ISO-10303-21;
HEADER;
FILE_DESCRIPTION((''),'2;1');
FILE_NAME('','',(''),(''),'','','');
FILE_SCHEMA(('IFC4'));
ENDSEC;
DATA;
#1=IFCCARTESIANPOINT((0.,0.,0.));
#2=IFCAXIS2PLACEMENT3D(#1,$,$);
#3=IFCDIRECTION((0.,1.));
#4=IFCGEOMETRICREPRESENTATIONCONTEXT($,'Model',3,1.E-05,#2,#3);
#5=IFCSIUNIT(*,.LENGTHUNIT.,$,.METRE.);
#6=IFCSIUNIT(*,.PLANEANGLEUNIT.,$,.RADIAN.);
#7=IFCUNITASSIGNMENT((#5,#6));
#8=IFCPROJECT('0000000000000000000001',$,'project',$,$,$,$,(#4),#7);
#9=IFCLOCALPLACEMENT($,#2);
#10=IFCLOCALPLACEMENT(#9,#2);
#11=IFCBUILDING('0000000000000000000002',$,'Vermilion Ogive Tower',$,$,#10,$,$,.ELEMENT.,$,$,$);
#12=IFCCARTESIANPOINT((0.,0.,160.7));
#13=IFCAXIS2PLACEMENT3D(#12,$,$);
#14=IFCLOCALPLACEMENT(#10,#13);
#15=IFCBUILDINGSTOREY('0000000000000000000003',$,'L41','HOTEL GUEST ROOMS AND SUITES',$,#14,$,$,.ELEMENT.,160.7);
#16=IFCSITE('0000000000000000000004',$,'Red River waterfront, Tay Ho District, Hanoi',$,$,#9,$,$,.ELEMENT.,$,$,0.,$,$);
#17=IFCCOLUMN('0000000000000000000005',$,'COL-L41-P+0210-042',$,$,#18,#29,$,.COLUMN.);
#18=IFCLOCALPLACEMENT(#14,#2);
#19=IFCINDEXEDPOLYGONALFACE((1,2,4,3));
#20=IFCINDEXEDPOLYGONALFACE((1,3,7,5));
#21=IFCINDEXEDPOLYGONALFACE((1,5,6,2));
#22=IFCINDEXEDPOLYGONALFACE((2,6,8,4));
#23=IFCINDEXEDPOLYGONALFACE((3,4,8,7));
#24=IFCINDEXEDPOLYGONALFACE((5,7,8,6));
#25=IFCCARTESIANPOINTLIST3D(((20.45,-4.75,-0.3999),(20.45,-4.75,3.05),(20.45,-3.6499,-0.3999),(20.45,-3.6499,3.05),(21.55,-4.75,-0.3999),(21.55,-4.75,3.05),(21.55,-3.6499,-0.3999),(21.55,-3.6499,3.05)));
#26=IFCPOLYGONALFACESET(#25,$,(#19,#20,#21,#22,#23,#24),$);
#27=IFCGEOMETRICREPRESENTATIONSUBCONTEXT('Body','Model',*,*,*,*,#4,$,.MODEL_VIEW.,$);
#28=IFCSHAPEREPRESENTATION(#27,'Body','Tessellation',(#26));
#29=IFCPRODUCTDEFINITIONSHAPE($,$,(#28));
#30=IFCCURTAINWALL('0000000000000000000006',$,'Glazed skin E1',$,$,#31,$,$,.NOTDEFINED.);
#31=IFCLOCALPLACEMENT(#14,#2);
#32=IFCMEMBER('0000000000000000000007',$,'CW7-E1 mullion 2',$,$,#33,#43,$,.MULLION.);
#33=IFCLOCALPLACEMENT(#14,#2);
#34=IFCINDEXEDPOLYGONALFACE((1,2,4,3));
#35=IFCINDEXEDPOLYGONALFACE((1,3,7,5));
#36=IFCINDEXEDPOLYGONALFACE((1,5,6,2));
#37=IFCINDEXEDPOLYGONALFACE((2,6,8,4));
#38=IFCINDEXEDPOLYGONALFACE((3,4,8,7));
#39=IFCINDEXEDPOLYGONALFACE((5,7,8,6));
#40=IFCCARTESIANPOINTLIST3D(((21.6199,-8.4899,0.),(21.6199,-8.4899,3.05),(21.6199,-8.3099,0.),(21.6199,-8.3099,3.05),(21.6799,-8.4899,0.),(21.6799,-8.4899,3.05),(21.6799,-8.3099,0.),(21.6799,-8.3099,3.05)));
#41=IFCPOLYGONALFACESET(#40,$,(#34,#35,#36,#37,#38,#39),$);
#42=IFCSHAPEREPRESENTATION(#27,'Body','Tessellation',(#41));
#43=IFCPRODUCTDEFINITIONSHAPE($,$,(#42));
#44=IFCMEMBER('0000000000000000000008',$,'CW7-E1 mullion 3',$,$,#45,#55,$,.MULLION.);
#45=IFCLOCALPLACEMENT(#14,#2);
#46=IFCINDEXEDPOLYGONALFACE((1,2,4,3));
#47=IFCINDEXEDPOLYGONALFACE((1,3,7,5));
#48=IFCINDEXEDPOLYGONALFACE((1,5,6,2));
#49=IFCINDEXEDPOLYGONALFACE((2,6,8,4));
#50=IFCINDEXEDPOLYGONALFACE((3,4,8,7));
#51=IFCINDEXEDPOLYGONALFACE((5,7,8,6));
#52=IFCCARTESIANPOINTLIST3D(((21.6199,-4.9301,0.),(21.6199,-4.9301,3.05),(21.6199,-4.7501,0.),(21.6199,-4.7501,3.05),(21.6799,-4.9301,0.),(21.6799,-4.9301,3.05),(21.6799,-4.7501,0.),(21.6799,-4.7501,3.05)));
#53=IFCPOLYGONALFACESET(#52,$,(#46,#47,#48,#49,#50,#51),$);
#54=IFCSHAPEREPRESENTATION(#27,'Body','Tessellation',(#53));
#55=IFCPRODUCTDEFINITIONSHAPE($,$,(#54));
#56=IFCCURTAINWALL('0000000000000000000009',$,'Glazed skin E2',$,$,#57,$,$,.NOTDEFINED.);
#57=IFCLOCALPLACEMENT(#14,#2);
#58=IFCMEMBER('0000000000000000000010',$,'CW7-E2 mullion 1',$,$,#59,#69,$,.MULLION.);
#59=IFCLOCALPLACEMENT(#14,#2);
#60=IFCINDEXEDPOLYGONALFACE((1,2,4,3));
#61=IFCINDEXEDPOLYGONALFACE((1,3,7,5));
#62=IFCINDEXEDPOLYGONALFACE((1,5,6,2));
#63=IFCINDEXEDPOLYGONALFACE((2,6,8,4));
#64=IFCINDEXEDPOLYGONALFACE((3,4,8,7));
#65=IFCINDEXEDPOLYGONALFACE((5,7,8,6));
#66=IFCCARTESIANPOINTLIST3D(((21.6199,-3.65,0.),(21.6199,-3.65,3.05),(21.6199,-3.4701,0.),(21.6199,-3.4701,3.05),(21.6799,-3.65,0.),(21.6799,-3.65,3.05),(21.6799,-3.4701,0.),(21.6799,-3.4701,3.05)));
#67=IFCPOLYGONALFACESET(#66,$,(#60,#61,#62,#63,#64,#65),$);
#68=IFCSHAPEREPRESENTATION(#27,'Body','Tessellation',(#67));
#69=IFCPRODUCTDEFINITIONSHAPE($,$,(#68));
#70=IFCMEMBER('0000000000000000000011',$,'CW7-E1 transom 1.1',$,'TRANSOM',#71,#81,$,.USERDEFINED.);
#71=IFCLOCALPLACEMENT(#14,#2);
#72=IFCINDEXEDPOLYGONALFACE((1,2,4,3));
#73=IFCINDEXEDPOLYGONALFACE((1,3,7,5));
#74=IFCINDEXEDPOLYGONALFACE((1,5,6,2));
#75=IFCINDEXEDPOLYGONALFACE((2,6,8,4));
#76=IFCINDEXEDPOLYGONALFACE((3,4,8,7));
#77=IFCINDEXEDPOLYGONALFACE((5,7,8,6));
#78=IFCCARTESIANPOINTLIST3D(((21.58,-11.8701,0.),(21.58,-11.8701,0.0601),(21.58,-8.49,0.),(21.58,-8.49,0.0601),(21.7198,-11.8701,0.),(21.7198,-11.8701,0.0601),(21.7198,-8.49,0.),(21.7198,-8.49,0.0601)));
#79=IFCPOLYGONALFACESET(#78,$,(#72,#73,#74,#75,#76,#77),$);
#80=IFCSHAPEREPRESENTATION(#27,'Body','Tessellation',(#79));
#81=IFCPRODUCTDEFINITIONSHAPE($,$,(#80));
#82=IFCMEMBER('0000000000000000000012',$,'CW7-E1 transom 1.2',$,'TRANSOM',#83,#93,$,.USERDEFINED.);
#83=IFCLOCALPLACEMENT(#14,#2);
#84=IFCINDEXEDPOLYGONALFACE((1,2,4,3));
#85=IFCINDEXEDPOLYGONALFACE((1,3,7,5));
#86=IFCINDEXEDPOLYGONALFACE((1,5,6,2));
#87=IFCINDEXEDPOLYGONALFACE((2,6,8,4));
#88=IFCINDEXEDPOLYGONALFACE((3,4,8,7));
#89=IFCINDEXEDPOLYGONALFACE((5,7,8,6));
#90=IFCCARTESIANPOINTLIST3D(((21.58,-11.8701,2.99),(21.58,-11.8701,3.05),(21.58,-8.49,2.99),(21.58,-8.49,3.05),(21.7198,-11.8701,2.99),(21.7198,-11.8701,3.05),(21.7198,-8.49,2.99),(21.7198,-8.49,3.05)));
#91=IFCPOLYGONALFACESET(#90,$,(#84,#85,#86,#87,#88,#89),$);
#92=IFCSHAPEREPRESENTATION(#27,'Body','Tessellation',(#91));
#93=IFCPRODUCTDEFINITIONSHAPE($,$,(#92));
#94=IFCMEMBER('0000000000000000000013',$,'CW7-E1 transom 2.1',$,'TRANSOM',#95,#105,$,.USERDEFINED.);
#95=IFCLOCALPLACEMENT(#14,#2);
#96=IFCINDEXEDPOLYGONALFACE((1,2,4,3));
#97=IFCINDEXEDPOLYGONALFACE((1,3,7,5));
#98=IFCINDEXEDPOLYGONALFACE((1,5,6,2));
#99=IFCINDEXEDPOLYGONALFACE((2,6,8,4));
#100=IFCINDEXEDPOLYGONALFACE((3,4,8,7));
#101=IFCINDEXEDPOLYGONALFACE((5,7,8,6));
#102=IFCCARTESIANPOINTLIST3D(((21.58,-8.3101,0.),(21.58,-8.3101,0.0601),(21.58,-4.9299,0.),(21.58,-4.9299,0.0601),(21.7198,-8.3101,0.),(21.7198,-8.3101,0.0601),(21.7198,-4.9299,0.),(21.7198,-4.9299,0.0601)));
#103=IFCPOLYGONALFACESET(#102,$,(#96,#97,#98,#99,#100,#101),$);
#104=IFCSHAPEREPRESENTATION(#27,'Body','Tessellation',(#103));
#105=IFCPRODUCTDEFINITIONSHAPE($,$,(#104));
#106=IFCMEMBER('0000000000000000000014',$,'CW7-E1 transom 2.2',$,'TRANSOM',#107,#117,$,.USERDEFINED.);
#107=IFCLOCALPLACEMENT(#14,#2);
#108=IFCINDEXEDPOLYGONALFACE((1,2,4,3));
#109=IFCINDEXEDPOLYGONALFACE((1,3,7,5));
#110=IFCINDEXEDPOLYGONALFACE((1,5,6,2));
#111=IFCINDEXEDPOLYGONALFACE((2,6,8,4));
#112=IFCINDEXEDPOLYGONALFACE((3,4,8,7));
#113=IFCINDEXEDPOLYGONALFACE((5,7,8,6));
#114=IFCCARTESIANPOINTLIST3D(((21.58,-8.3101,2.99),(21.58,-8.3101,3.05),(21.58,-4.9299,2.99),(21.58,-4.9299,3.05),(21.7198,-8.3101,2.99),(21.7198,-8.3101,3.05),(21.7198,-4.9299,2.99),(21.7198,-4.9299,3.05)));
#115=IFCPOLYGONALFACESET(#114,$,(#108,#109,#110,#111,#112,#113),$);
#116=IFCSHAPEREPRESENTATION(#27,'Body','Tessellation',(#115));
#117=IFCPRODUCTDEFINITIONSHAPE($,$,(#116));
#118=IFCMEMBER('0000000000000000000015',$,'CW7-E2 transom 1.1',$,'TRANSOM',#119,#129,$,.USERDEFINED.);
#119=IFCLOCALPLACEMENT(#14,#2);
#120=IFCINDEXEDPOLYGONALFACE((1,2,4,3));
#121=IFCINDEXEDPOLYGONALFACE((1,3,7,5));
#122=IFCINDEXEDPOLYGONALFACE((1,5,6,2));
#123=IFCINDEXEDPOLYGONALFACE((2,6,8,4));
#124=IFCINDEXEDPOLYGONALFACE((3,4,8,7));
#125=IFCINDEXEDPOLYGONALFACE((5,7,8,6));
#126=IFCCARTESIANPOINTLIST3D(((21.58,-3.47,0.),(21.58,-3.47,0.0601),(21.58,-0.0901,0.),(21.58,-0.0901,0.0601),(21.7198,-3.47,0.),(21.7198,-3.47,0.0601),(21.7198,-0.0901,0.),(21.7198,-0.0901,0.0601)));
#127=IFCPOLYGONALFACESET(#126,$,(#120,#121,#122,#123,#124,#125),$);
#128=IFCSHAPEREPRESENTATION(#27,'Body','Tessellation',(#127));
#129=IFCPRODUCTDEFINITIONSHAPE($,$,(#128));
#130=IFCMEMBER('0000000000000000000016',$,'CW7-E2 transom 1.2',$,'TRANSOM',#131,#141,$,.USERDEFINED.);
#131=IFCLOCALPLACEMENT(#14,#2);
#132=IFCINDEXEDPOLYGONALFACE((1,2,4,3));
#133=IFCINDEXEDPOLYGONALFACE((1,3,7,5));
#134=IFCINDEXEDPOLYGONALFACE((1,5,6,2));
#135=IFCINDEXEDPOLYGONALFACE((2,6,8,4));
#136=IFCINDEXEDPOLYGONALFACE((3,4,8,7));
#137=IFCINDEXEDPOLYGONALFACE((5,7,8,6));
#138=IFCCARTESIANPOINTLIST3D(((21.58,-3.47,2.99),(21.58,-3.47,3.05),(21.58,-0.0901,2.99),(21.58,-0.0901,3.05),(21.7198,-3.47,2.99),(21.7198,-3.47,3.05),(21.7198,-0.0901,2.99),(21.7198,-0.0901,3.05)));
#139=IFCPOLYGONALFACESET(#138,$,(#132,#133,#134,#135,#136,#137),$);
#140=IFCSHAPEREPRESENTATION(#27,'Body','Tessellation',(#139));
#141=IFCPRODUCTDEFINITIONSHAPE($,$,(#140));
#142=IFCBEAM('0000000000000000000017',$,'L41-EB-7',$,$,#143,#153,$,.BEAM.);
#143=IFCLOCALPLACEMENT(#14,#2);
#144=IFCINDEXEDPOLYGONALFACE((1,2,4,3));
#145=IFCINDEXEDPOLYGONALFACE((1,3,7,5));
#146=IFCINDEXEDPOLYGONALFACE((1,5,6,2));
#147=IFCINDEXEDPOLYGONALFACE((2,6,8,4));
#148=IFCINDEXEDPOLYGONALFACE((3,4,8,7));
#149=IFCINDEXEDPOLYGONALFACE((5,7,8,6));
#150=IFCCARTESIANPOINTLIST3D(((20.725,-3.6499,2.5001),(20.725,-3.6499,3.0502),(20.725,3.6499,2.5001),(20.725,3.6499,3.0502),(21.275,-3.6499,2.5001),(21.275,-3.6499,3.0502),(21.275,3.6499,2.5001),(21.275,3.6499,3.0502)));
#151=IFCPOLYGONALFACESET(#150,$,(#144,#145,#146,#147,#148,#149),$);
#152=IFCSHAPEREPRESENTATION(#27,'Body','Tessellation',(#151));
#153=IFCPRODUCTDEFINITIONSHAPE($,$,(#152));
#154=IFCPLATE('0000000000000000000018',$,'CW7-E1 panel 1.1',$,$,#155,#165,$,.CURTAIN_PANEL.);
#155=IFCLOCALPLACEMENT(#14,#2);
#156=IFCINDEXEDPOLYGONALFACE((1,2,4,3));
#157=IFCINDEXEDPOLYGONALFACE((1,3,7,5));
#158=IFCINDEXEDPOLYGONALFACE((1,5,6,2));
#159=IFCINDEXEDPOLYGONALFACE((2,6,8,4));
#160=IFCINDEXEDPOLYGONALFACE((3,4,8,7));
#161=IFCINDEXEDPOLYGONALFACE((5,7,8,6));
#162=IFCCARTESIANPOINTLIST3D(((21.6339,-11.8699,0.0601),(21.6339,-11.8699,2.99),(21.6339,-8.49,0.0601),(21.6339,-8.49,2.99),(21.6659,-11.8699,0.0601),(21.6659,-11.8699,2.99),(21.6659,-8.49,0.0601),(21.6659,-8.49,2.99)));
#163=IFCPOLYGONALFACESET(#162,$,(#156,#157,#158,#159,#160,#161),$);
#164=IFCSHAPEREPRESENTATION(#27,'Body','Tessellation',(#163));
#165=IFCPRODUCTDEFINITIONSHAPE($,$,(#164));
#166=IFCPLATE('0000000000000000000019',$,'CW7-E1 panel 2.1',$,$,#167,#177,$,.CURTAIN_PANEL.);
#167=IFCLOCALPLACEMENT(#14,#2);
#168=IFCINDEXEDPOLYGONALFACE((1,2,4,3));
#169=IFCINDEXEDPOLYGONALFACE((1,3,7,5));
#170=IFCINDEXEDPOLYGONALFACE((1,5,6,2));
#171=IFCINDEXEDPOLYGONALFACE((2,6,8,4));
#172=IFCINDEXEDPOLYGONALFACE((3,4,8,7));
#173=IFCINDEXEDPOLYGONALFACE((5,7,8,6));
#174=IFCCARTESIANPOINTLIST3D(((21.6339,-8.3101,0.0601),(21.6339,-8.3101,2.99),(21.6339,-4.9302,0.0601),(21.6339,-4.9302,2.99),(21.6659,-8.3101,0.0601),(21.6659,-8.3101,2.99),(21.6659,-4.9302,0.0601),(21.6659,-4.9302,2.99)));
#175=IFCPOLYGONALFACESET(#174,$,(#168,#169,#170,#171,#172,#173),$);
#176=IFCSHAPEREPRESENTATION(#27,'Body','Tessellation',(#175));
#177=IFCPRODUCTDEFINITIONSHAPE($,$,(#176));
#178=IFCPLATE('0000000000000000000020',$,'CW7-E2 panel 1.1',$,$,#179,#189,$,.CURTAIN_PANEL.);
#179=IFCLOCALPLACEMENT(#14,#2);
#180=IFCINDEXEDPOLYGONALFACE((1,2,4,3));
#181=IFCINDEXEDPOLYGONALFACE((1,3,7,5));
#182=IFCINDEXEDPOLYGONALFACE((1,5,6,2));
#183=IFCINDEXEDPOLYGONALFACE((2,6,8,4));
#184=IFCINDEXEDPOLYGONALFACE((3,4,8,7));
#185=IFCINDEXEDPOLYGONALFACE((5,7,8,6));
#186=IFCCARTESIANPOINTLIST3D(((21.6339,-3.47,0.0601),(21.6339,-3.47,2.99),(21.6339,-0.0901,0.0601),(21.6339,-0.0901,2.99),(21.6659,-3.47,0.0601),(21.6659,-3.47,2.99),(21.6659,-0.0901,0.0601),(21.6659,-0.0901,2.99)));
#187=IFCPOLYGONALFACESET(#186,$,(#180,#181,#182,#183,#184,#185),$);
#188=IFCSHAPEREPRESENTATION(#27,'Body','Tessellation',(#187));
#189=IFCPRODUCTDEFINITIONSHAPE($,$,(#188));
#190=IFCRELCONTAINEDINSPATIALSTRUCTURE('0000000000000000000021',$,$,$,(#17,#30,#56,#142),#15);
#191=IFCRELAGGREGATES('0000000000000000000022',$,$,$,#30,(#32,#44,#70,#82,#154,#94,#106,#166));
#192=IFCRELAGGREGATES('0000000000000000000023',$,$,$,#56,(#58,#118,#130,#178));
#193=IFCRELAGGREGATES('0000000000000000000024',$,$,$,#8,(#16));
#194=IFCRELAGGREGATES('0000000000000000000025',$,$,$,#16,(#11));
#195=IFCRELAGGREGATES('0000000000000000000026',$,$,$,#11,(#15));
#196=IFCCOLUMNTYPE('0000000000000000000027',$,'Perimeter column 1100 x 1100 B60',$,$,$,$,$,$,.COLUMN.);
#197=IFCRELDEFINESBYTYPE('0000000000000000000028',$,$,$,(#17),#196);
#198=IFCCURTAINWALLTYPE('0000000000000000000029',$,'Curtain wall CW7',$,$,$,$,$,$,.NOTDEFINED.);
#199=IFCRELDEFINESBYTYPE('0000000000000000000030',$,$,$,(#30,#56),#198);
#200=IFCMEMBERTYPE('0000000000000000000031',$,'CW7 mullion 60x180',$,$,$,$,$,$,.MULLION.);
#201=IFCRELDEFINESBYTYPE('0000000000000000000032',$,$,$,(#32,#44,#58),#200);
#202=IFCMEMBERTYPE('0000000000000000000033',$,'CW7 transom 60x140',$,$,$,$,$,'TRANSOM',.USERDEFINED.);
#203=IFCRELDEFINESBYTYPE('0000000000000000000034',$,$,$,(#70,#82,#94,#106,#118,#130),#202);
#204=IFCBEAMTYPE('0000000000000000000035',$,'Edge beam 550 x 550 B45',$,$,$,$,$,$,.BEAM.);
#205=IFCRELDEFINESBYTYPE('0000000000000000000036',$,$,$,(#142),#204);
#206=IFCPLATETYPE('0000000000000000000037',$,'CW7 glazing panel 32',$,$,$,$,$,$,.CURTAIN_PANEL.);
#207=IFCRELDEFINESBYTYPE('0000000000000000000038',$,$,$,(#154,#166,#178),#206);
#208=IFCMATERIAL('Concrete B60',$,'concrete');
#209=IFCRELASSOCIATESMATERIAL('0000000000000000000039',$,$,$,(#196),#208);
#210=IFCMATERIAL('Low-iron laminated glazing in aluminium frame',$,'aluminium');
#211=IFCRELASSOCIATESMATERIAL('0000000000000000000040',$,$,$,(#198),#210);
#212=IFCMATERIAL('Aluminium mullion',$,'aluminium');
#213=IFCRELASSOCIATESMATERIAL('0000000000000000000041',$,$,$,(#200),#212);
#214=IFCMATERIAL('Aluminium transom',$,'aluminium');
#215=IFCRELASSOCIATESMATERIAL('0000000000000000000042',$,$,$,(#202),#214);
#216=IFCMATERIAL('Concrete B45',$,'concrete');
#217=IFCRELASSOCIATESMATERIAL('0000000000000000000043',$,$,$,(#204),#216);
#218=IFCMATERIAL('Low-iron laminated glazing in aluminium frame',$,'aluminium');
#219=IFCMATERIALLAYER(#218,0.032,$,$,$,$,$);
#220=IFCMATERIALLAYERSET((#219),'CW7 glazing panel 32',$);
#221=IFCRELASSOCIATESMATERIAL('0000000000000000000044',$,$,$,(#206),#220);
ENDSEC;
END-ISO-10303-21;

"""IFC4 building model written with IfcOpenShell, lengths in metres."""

from ifc_helpers import new_model, si_unit, direction, frame, origin, origin_2d, place, context, subcontext, project, spatial, rectangle, extrude, material, layer, layer_set, material_profile, profile_set, type_object, element, aggregate, save


model = new_model("IFC4")

# Units and contexts
model_context = context("Model", 3, precision=1e-05, world=origin(), true_north=direction((0.0, 1.0)))
body_context = subcontext(model_context, "Body", "Model", "MODEL_VIEW")
ifc_project = project(units=[si_unit("LENGTHUNIT", "METRE"), si_unit("PLANEANGLEUNIT", "RADIAN")], contexts=[model_context])

# Site, building, storey
site_placement = place(None, origin())
site = spatial("IfcSite", under=ifc_project, at=site_placement, Name="Red River waterfront, Tay Ho District, Hanoi", CompositionType="ELEMENT", RefElevation=0.0)
building_placement = place(site_placement, origin())
building = spatial("IfcBuilding", under=site, at=building_placement, Name="Vermilion Ogive Tower", CompositionType="ELEMENT")
storey_placement = place(building_placement, frame((0.0, 0.0, 160.7)))
storey = spatial("IfcBuildingStorey", under=building, at=storey_placement, Name="L41", Description="HOTEL GUEST ROOMS AND SUITES", CompositionType="ELEMENT", Elevation=160.7)

# Column
ifc_material_1 = material(Name="Concrete B60", Category="concrete")
ifc_material_profile_1 = material_profile(ifc_material_1, rectangle(XDim=1.1001, YDim=1.1001, at=origin_2d()), Name="1100 x 1100")
ifc_profile_set_1 = profile_set([ifc_material_profile_1], Name="Concrete B60")
column_type = type_object("IfcColumnType", Name="Perimeter column 1100 x 1100 B60", PredefinedType="COLUMN", material=ifc_profile_set_1)
column_placement = place(storey_placement, frame((21.0, -4.2, -0.3999), z_axis=(0.0, 0.0, 1.0), x_axis=(1.0, 0.0, 0.0)))
element("IfcColumn", 1, at=column_placement, inside=storey, type_object=column_type, Name="COL-L41-P+0210-042", PredefinedType="COLUMN", context=body_context, shape_type="SweptSolid", body=[
    extrude(rectangle(XDim=1.1001, YDim=1.1001, at=origin_2d()), origin(), (0.0, 0.0, 1.0), 3.45),
])

# Curtain wall, members
ifc_material_2 = material(Name="Low-iron laminated glazing in aluminium frame", Category="aluminium")
curtain_wall_type = type_object("IfcCurtainWallType", Name="Curtain wall CW7", PredefinedType="NOTDEFINED", material=ifc_material_2)
curtain_wall_1_placement = place(storey_placement, origin())
curtain_wall_1 = element("IfcCurtainWall", 2, at=curtain_wall_1_placement, inside=storey, type_object=curtain_wall_type, Name="Glazed skin E1", PredefinedType="NOTDEFINED")
ifc_material_3 = material(Name="Aluminium mullion", Category="aluminium")
ifc_material_profile_2 = material_profile(ifc_material_3, rectangle(XDim=0.0601, YDim=0.1799, at=origin_2d()), Name="AL 60x180")
ifc_profile_set_2 = profile_set([ifc_material_profile_2], Name="Aluminium mullion")
member_type_1 = type_object("IfcMemberType", Name="CW7 mullion 60x180", PredefinedType="MULLION", material=ifc_profile_set_2)
member_1_placement = place(storey_placement, frame((21.6499, -8.3999, 0.0), z_axis=(0.0, 0.0, 1.0), x_axis=(-1.0, 0.0, 0.0)))
member_1 = element("IfcMember", 3, at=member_1_placement, type_object=member_type_1, Name="CW7-E1 mullion 2", PredefinedType="MULLION", context=body_context, shape_type="SweptSolid", body=[
    extrude(rectangle(XDim=0.0601, YDim=0.1799, at=origin_2d()), origin(), (0.0, 0.0, 1.0), 3.05),
])
member_2_placement = place(storey_placement, frame((21.6499, -4.8401, 0.0), z_axis=(0.0, 0.0, 1.0), x_axis=(-1.0, 0.0, 0.0)))
member_2 = element("IfcMember", 4, at=member_2_placement, type_object=member_type_1, Name="CW7-E1 mullion 3", PredefinedType="MULLION", context=body_context, shape_type="SweptSolid", body=[
    extrude(rectangle(XDim=0.0601, YDim=0.1799, at=origin_2d()), origin(), (0.0, 0.0, 1.0), 3.05),
])

# Curtain wall, member
curtain_wall_2_placement = place(storey_placement, origin())
curtain_wall_2 = element("IfcCurtainWall", 5, at=curtain_wall_2_placement, inside=storey, type_object=curtain_wall_type, Name="Glazed skin E2", PredefinedType="NOTDEFINED")
member_3_placement = place(storey_placement, frame((21.6499, -3.5601, 0.0), z_axis=(0.0, 0.0, 1.0), x_axis=(-1.0, 0.0, 0.0)))
member_3 = element("IfcMember", 6, at=member_3_placement, type_object=member_type_1, Name="CW7-E2 mullion 1", PredefinedType="MULLION", context=body_context, shape_type="SweptSolid", body=[
    extrude(rectangle(XDim=0.0601, YDim=0.1799, at=origin_2d()), origin(), (0.0, 0.0, 1.0), 3.05),
])

# Members
ifc_material_4 = material(Name="Aluminium transom", Category="aluminium")
ifc_material_profile_3 = material_profile(ifc_material_4, rectangle(XDim=0.1399, YDim=0.0601, at=origin_2d()), Name="AL 60x140")
ifc_profile_set_3 = profile_set([ifc_material_profile_3], Name="Aluminium transom")
member_type_2 = type_object("IfcMemberType", Name="CW7 transom 60x140", ElementType="TRANSOM", PredefinedType="USERDEFINED", material=ifc_profile_set_3)
member_4_placement = place(storey_placement, frame((21.6499, -11.8701, 0.03), z_axis=(0.0, 1.0, 0.0), x_axis=(-1.0, 0.0, 0.0)))
member_4 = element("IfcMember", 7, at=member_4_placement, type_object=member_type_2, Name="CW7-E1 transom 1.1", ObjectType="TRANSOM", PredefinedType="USERDEFINED", context=body_context, shape_type="SweptSolid", body=[
    extrude(rectangle(XDim=0.1399, YDim=0.0601, at=origin_2d()), origin(), (0.0, 0.0, 1.0), 3.3801),
])
member_5_placement = place(storey_placement, frame((21.6499, -11.8701, 3.02), z_axis=(0.0, 1.0, 0.0), x_axis=(-1.0, 0.0, 0.0)))
member_5 = element("IfcMember", 8, at=member_5_placement, type_object=member_type_2, Name="CW7-E1 transom 1.2", ObjectType="TRANSOM", PredefinedType="USERDEFINED", context=body_context, shape_type="SweptSolid", body=[
    extrude(rectangle(XDim=0.1399, YDim=0.0601, at=origin_2d()), origin(), (0.0, 0.0, 1.0), 3.3801),
])
member_6_placement = place(storey_placement, frame((21.6499, -8.3101, 0.03), z_axis=(0.0, 1.0, 0.0), x_axis=(-1.0, 0.0, 0.0)))
member_6 = element("IfcMember", 9, at=member_6_placement, type_object=member_type_2, Name="CW7-E1 transom 2.1", ObjectType="TRANSOM", PredefinedType="USERDEFINED", context=body_context, shape_type="SweptSolid", body=[
    extrude(rectangle(XDim=0.1399, YDim=0.0601, at=origin_2d()), origin(), (0.0, 0.0, 1.0), 3.3801),
])
member_7_placement = place(storey_placement, frame((21.6499, -8.3101, 3.02), z_axis=(0.0, 1.0, 0.0), x_axis=(-1.0, 0.0, 0.0)))
member_7 = element("IfcMember", 10, at=member_7_placement, type_object=member_type_2, Name="CW7-E1 transom 2.2", ObjectType="TRANSOM", PredefinedType="USERDEFINED", context=body_context, shape_type="SweptSolid", body=[
    extrude(rectangle(XDim=0.1399, YDim=0.0601, at=origin_2d()), origin(), (0.0, 0.0, 1.0), 3.3801),
])
member_8_placement = place(storey_placement, frame((21.6499, -3.47, 0.03), z_axis=(0.0, 1.0, 0.0), x_axis=(-1.0, 0.0, 0.0)))
member_8 = element("IfcMember", 11, at=member_8_placement, type_object=member_type_2, Name="CW7-E2 transom 1.1", ObjectType="TRANSOM", PredefinedType="USERDEFINED", context=body_context, shape_type="SweptSolid", body=[
    extrude(rectangle(XDim=0.1399, YDim=0.0601, at=origin_2d()), origin(), (0.0, 0.0, 1.0), 3.3799),
])
member_9_placement = place(storey_placement, frame((21.6499, -3.47, 3.02), z_axis=(0.0, 1.0, 0.0), x_axis=(-1.0, 0.0, 0.0)))
member_9 = element("IfcMember", 12, at=member_9_placement, type_object=member_type_2, Name="CW7-E2 transom 1.2", ObjectType="TRANSOM", PredefinedType="USERDEFINED", context=body_context, shape_type="SweptSolid", body=[
    extrude(rectangle(XDim=0.1399, YDim=0.0601, at=origin_2d()), origin(), (0.0, 0.0, 1.0), 3.3799),
])

# Beam
ifc_material_5 = material(Name="Concrete B45", Category="concrete")
ifc_material_profile_4 = material_profile(ifc_material_5, rectangle(XDim=0.55, YDim=0.55, at=origin_2d()), Name="550 x 550")
ifc_profile_set_4 = profile_set([ifc_material_profile_4], Name="Concrete B45")
beam_type = type_object("IfcBeamType", Name="Edge beam 550 x 550 B45", PredefinedType="BEAM", material=ifc_profile_set_4)
beam_placement = place(storey_placement, frame((21.0, -3.6499, 2.7751), z_axis=(0.0, 1.0, 0.0), x_axis=(-1.0, 0.0, 0.0)))
element("IfcBeam", 13, at=beam_placement, inside=storey, type_object=beam_type, Name="L41-EB-7", PredefinedType="BEAM", context=body_context, shape_type="SweptSolid", body=[
    extrude(rectangle(XDim=0.55, YDim=0.55, at=origin_2d()), origin(), (0.0, 0.0, 1.0), 7.2998),
])

# Plates
ifc_material_6 = material(Name="Low-iron laminated glazing in aluminium frame", Category="aluminium")
ifc_layer_1 = layer(ifc_material_6, 0.032)
ifc_layer_set_1 = layer_set([ifc_layer_1], Name="CW7 glazing panel 32")
plate_type = type_object("IfcPlateType", Name="CW7 glazing panel 32", PredefinedType="CURTAIN_PANEL", material=ifc_layer_set_1)
plate_1_placement = place(storey_placement, frame((21.6499, -10.1799, 0.0601), z_axis=(0.0, 0.0, 1.0), x_axis=(0.0, 1.0, 0.0)))
plate_1 = element("IfcPlate", 14, at=plate_1_placement, type_object=plate_type, Name="CW7-E1 panel 1.1", PredefinedType="CURTAIN_PANEL", context=body_context, shape_type="SweptSolid", body=[
    extrude(rectangle(XDim=3.3799, YDim=0.032, at=origin_2d()), origin(), (0.0, 0.0, 1.0), 2.9299),
])
plate_2_placement = place(storey_placement, frame((21.6499, -6.6201, 0.0601), z_axis=(0.0, 0.0, 1.0), x_axis=(0.0, 1.0, 0.0)))
plate_2 = element("IfcPlate", 15, at=plate_2_placement, type_object=plate_type, Name="CW7-E1 panel 2.1", PredefinedType="CURTAIN_PANEL", context=body_context, shape_type="SweptSolid", body=[
    extrude(rectangle(XDim=3.3799, YDim=0.032, at=origin_2d()), origin(), (0.0, 0.0, 1.0), 2.9299),
])
aggregate(curtain_wall_1, [member_1, member_2, member_4, member_5, plate_1, member_6, member_7, plate_2])
plate_3_placement = place(storey_placement, frame((21.6499, -1.78, 0.0601), z_axis=(0.0, 0.0, 1.0), x_axis=(0.0, 1.0, 0.0)))
plate_3 = element("IfcPlate", 16, at=plate_3_placement, type_object=plate_type, Name="CW7-E2 panel 1.1", PredefinedType="CURTAIN_PANEL", context=body_context, shape_type="SweptSolid", body=[
    extrude(rectangle(XDim=3.3799, YDim=0.032, at=origin_2d()), origin(), (0.0, 0.0, 1.0), 2.9299),
])
aggregate(curtain_wall_2, [member_3, member_8, member_9, plate_3])

save(model, "model.ifc")
